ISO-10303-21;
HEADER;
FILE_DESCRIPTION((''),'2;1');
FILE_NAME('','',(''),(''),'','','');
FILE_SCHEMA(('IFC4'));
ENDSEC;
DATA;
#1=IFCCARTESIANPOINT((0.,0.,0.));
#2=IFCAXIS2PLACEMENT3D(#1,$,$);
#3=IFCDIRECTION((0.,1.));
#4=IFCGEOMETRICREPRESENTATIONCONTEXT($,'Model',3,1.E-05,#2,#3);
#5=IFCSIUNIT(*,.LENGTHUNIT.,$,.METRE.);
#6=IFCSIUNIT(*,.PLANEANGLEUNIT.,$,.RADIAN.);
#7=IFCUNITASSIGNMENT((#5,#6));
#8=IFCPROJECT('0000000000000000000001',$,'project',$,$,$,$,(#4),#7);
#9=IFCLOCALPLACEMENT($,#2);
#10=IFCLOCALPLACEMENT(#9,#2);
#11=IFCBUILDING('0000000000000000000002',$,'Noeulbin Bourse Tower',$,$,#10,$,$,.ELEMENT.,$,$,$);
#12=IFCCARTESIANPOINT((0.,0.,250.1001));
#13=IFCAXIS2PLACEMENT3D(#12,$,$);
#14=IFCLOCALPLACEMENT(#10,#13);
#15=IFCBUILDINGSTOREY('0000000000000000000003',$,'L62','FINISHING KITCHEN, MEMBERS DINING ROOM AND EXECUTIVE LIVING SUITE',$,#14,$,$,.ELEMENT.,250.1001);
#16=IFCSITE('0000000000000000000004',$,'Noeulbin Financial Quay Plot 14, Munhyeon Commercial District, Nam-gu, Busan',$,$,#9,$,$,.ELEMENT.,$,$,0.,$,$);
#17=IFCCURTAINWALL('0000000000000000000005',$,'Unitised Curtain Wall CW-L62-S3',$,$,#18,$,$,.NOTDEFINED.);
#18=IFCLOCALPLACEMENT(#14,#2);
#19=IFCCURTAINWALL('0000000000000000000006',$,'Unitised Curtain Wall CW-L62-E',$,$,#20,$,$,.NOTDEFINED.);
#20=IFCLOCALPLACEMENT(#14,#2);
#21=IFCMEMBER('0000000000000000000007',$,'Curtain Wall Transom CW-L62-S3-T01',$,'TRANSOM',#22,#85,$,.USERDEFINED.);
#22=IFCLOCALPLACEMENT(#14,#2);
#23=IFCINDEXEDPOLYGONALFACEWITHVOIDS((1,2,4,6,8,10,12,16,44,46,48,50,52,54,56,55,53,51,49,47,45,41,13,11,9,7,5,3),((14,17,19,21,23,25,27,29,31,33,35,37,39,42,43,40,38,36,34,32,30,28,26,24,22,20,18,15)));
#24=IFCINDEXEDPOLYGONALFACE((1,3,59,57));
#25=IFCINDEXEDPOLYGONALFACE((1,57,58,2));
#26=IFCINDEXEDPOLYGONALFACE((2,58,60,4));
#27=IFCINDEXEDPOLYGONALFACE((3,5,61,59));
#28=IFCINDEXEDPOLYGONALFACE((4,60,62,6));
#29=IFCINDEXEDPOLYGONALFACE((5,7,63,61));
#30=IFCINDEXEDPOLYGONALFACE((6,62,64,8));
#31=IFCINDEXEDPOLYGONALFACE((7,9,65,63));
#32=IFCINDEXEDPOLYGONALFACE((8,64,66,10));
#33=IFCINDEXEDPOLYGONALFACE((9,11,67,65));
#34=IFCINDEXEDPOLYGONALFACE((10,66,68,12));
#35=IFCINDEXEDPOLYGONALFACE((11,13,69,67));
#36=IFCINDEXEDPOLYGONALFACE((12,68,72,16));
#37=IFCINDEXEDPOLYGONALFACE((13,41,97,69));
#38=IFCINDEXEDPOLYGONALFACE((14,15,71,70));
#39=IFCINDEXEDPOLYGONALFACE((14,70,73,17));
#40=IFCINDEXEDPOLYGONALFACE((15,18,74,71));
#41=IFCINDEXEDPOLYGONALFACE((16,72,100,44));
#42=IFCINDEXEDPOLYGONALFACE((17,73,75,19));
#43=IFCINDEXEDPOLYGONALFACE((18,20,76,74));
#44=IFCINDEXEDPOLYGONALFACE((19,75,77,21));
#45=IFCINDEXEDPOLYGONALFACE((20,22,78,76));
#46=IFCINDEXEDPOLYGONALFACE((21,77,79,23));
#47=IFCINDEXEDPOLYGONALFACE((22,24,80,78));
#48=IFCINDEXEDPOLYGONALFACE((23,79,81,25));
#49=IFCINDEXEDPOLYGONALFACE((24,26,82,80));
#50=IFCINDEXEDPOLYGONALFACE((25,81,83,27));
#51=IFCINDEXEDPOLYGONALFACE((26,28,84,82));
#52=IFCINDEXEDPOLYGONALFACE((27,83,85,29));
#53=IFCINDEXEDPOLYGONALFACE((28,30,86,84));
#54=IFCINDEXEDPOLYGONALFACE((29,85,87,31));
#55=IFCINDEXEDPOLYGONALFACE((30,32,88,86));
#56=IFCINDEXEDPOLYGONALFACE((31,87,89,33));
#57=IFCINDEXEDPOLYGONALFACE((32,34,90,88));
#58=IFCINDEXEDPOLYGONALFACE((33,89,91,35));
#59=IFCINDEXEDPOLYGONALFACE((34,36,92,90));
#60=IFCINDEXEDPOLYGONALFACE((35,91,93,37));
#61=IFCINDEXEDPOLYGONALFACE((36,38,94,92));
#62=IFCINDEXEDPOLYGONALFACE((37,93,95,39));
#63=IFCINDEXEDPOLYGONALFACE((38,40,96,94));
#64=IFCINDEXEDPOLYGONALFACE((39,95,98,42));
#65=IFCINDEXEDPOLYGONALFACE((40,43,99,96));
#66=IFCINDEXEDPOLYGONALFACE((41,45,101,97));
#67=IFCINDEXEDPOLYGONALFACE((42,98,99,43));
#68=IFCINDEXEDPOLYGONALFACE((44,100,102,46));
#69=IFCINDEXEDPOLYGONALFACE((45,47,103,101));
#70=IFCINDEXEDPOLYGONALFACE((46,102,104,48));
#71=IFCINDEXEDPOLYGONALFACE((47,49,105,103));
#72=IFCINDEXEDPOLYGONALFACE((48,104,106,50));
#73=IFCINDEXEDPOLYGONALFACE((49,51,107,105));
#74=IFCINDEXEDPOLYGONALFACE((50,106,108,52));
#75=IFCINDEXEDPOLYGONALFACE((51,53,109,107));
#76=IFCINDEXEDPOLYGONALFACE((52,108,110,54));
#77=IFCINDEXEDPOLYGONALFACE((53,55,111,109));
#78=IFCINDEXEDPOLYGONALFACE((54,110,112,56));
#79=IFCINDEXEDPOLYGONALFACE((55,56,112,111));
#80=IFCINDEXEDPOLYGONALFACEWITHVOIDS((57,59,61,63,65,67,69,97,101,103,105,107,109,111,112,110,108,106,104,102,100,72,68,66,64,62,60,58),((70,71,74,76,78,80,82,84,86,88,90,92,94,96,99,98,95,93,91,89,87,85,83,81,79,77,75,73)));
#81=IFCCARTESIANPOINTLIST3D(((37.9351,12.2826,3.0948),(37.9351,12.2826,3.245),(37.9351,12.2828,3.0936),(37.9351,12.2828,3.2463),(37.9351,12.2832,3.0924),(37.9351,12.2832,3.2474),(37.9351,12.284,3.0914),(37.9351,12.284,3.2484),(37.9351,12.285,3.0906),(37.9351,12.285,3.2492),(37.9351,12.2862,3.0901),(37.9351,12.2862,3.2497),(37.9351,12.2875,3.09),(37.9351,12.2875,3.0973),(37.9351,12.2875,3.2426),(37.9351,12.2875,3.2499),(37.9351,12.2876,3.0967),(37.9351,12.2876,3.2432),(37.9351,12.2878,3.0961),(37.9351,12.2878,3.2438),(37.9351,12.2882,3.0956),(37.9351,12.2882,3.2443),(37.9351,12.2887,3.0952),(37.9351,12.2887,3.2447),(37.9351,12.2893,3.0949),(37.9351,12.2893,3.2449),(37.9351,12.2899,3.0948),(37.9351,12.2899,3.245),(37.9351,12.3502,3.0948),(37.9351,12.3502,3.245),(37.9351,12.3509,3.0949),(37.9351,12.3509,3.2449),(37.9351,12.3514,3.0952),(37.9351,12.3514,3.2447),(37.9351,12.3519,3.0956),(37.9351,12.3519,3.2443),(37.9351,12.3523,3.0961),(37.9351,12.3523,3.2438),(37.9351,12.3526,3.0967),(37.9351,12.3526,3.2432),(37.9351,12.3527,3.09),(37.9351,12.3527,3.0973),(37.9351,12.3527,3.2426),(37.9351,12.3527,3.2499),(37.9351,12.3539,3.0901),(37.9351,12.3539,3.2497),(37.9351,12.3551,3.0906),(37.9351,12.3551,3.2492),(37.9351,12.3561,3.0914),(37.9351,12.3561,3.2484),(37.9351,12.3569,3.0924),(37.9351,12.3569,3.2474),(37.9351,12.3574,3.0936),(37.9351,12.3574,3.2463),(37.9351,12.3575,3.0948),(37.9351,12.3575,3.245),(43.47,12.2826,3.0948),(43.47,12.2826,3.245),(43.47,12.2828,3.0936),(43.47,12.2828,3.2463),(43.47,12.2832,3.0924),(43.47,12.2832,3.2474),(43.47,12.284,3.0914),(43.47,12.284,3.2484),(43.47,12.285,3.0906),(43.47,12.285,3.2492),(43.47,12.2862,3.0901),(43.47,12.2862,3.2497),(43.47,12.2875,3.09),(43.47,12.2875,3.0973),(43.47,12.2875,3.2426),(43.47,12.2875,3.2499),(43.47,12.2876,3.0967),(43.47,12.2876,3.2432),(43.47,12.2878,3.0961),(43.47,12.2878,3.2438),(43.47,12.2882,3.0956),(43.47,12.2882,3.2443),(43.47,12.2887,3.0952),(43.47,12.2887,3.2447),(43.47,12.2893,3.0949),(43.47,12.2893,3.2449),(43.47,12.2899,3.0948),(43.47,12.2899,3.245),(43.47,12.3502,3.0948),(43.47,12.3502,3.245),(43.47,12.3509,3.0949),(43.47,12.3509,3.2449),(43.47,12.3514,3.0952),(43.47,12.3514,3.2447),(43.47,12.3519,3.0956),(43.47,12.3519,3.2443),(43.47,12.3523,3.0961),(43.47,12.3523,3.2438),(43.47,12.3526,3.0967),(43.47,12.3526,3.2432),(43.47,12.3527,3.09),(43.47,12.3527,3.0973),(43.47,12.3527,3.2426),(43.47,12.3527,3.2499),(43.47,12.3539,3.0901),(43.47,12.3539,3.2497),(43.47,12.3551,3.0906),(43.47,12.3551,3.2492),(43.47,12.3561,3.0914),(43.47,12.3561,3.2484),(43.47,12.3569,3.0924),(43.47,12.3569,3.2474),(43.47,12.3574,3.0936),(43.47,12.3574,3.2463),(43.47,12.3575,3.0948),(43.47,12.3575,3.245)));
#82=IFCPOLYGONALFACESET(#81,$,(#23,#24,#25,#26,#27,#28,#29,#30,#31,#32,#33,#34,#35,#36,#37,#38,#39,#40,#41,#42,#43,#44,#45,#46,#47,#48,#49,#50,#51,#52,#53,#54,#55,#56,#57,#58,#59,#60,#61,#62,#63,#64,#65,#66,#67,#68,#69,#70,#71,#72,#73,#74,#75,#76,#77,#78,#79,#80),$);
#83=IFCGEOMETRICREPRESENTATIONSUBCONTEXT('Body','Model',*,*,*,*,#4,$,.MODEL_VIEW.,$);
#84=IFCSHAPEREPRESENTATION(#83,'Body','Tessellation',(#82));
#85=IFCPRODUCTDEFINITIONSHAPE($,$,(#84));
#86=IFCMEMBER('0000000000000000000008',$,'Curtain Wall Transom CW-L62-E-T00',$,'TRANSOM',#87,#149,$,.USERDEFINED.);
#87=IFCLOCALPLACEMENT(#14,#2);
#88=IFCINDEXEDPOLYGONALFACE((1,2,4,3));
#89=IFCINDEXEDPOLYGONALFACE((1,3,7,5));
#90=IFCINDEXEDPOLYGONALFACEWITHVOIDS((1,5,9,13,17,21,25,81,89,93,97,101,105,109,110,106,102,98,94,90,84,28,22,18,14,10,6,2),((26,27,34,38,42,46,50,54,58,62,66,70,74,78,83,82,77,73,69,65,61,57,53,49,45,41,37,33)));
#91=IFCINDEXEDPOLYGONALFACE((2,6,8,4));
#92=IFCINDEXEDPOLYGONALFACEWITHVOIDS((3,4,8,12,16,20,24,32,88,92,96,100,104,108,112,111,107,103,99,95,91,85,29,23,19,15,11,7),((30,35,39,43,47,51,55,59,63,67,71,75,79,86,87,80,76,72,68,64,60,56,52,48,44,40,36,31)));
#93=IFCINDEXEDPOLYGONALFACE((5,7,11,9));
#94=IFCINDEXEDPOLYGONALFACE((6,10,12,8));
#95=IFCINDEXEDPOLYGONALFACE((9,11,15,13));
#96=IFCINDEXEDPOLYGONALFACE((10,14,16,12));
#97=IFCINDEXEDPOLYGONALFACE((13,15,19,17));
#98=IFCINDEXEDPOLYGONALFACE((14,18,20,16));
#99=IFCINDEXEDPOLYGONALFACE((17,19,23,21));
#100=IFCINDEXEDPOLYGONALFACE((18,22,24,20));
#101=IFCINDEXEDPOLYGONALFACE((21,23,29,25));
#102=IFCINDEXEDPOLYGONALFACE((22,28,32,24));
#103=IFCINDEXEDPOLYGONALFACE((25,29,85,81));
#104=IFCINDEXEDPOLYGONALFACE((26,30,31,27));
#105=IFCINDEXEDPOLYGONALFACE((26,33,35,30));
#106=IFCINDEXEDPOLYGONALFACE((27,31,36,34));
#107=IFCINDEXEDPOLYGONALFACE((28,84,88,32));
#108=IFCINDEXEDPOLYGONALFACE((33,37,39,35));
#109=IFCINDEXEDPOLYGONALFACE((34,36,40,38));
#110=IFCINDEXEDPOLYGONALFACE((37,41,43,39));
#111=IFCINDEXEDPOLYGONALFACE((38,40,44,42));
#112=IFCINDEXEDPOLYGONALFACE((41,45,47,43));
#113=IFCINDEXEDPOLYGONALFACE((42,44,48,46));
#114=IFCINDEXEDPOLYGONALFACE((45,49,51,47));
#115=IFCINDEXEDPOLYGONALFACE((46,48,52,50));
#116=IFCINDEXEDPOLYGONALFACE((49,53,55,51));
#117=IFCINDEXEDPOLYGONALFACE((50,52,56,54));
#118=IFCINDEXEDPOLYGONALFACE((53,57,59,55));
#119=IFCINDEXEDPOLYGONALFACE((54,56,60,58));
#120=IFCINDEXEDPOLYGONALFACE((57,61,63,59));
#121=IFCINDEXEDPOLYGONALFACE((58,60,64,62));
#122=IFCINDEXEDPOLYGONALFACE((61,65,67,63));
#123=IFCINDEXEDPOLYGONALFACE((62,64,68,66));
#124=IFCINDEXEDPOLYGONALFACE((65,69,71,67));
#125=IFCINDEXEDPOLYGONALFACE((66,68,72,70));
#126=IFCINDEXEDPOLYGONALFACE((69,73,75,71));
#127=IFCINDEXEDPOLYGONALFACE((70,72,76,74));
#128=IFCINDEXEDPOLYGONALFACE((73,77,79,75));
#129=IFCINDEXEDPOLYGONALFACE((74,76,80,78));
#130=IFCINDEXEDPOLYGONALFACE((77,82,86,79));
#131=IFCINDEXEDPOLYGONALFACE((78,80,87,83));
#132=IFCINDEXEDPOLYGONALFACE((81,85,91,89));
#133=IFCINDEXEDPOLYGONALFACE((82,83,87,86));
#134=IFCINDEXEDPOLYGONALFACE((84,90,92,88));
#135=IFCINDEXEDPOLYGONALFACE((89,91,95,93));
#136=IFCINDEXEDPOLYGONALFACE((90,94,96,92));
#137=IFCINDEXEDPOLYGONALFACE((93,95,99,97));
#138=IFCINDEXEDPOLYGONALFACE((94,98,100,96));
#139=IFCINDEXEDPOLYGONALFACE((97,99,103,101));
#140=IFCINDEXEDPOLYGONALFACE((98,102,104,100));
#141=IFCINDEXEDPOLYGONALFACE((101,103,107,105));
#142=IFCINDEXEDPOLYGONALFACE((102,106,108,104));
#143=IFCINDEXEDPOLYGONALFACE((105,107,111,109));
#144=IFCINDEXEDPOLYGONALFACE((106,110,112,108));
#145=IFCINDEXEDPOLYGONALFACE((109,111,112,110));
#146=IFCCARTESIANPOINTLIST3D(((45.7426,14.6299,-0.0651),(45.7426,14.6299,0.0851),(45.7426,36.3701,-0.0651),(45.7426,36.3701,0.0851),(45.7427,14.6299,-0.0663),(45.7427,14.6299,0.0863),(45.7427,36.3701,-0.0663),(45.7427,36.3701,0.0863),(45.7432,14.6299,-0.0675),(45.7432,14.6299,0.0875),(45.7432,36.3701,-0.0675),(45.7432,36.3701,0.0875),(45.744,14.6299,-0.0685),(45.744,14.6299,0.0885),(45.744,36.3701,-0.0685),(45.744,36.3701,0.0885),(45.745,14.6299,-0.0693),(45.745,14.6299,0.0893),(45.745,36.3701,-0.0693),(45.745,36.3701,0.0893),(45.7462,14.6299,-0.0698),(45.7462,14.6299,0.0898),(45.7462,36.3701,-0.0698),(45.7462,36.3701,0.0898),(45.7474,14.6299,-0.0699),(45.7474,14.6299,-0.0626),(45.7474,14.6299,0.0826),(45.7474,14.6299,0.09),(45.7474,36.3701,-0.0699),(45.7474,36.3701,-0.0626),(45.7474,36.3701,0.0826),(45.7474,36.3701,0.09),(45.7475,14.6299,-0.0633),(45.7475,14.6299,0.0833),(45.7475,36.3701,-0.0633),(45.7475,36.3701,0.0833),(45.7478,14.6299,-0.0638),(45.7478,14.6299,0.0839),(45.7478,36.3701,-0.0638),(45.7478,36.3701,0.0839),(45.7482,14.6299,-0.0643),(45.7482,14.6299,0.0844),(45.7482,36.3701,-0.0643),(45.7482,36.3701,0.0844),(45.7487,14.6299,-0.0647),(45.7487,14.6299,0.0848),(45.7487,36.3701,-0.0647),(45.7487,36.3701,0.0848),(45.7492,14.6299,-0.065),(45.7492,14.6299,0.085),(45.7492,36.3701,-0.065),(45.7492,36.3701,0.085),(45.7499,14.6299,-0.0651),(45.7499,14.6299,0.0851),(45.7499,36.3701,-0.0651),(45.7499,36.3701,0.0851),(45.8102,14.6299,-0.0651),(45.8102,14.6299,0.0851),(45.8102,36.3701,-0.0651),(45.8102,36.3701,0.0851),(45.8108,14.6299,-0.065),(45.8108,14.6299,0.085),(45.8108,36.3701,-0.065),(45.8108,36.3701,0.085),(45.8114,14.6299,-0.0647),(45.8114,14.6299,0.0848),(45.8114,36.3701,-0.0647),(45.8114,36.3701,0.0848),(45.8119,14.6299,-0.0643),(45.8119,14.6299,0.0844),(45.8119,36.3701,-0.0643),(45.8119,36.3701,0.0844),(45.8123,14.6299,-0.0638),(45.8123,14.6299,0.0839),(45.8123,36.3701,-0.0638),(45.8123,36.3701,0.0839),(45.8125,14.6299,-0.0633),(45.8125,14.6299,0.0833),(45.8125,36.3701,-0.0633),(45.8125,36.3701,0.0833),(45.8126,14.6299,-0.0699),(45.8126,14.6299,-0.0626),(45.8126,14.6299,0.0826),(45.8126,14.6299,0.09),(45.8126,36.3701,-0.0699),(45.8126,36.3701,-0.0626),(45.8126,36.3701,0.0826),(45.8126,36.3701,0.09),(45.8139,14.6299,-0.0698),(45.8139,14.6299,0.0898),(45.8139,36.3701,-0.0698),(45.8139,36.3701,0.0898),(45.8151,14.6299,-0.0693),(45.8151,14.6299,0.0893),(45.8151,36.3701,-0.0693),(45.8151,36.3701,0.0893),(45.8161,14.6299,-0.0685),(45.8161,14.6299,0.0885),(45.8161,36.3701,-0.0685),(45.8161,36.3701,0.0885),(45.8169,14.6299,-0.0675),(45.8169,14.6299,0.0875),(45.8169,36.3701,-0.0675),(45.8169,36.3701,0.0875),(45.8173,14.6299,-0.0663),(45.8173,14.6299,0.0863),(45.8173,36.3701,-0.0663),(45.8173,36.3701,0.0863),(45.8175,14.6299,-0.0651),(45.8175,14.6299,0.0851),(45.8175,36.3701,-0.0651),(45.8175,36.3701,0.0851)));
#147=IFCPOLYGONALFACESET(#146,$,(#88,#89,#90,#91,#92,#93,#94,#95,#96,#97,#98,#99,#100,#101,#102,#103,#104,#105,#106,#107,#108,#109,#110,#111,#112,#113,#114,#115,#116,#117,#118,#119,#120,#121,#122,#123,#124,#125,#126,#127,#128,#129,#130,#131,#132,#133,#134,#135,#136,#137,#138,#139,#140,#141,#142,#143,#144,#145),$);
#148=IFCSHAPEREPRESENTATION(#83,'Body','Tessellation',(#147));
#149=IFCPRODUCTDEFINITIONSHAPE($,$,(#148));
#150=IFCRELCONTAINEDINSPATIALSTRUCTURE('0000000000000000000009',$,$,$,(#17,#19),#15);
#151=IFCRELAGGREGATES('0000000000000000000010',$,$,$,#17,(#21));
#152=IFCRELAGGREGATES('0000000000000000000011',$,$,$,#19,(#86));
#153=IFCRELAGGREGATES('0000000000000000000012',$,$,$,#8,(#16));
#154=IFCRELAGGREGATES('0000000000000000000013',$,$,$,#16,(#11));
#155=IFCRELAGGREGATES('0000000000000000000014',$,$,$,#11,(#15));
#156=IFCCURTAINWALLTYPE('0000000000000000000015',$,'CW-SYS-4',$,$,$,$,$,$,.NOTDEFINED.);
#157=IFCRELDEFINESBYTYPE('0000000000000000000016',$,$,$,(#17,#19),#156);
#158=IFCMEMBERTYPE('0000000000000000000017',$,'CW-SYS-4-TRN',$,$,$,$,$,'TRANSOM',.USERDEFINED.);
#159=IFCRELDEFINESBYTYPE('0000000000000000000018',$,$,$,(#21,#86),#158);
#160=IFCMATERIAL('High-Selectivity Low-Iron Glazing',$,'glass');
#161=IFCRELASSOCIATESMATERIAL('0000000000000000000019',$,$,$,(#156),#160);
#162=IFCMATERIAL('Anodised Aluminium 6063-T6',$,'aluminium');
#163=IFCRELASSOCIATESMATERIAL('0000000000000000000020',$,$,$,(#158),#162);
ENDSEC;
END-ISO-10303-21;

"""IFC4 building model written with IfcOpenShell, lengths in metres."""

from ifc_helpers import new_model, si_unit, direction, frame, origin, origin_2d, place, context, subcontext, project, spatial, hollow_rectangle, extrude, material, material_profile, profile_set, type_object, element, aggregate, save


model = new_model("IFC4")

# Units and contexts
model_context = context("Model", 3, precision=1e-05, world=origin(), true_north=direction((0.0, 1.0)))
body_context = subcontext(model_context, "Body", "Model", "MODEL_VIEW")
ifc_project = project(units=[si_unit("LENGTHUNIT", "METRE"), si_unit("PLANEANGLEUNIT", "RADIAN")], contexts=[model_context])

# Site, building, storey
site_placement = place(None, origin())
site = spatial("IfcSite", under=ifc_project, at=site_placement, Name="Noeulbin Financial Quay Plot 14, Munhyeon Commercial District, Nam-gu, Busan", CompositionType="ELEMENT", RefElevation=0.0)
building_placement = place(site_placement, origin())
building = spatial("IfcBuilding", under=site, at=building_placement, Name="Noeulbin Bourse Tower", CompositionType="ELEMENT")
storey_placement = place(building_placement, frame((0.0, 0.0, 250.1001)))
storey = spatial("IfcBuildingStorey", under=building, at=storey_placement, Name="L62", Description="FINISHING KITCHEN, MEMBERS DINING ROOM AND EXECUTIVE LIVING SUITE", CompositionType="ELEMENT", Elevation=250.1001)

# Curtain walls
ifc_material_1 = material(Name="High-Selectivity Low-Iron Glazing", Category="glass")
curtain_wall_type = type_object("IfcCurtainWallType", Name="CW-SYS-4", PredefinedType="NOTDEFINED", material=ifc_material_1)
curtain_wall_1_placement = place(storey_placement, origin())
curtain_wall_1 = element("IfcCurtainWall", 1, at=curtain_wall_1_placement, inside=storey, type_object=curtain_wall_type, Name="Unitised Curtain Wall CW-L62-S3", PredefinedType="NOTDEFINED")
ifc_material_2 = material(Name="Anodised Aluminium 6063-T6", Category="aluminium")
curtain_wall_2_placement = place(storey_placement, origin())
curtain_wall_2 = element("IfcCurtainWall", 2, at=curtain_wall_2_placement, inside=storey, type_object=curtain_wall_type, Name="Unitised Curtain Wall CW-L62-E", PredefinedType="NOTDEFINED")

# Members
ifc_material_profile_1 = material_profile(ifc_material_2, hollow_rectangle(XDim=0.075, YDim=0.1599, WallThickness=0.0049, InnerFilletRadius=0.0024, OuterFilletRadius=0.0049, at=origin_2d()), Name="ALU-TRAN-75x160x5", Category="LoadBearing")
ifc_profile_set_1 = profile_set([ifc_material_profile_1], Name="Anodised Aluminium 6063-T6")
member_type_1 = type_object("IfcMemberType", Name="CW-SYS-4-TRN", ElementType="TRANSOM", PredefinedType="USERDEFINED", material=ifc_profile_set_1)
member_1_placement = place(storey_placement, frame((37.9351, 12.3201, 3.1699), z_axis=(1.0, 0.0, 0.0), x_axis=(0.0, 1.0, 0.0)))
member_1 = element("IfcMember", 3, at=member_1_placement, type_object=member_type_1, Name="Curtain Wall Transom CW-L62-S3-T01", ObjectType="TRANSOM", PredefinedType="USERDEFINED", context=body_context, shape_type="SweptSolid", body=[
    extrude(hollow_rectangle(XDim=0.075, YDim=0.1599, WallThickness=0.0049, InnerFilletRadius=0.0024, OuterFilletRadius=0.0049, at=origin_2d()), origin(), (0.0, 0.0, 1.0), 5.5349),
])
member_2_placement = place(storey_placement, frame((45.78, 14.6299, 0.01), z_axis=(0.0, 1.0, 0.0), x_axis=(-1.0, 0.0, 0.0)))
member_2 = element("IfcMember", 4, at=member_2_placement, type_object=member_type_1, Name="Curtain Wall Transom CW-L62-E-T00", ObjectType="TRANSOM", PredefinedType="USERDEFINED", context=body_context, shape_type="SweptSolid", body=[
    extrude(hollow_rectangle(XDim=0.075, YDim=0.1599, WallThickness=0.0049, InnerFilletRadius=0.0024, OuterFilletRadius=0.0049, at=origin_2d()), origin(), (0.0, 0.0, 1.0), 21.7402),
])

aggregate(curtain_wall_1, [member_1])
aggregate(curtain_wall_2, [member_2])

save(model, "model.ifc")
